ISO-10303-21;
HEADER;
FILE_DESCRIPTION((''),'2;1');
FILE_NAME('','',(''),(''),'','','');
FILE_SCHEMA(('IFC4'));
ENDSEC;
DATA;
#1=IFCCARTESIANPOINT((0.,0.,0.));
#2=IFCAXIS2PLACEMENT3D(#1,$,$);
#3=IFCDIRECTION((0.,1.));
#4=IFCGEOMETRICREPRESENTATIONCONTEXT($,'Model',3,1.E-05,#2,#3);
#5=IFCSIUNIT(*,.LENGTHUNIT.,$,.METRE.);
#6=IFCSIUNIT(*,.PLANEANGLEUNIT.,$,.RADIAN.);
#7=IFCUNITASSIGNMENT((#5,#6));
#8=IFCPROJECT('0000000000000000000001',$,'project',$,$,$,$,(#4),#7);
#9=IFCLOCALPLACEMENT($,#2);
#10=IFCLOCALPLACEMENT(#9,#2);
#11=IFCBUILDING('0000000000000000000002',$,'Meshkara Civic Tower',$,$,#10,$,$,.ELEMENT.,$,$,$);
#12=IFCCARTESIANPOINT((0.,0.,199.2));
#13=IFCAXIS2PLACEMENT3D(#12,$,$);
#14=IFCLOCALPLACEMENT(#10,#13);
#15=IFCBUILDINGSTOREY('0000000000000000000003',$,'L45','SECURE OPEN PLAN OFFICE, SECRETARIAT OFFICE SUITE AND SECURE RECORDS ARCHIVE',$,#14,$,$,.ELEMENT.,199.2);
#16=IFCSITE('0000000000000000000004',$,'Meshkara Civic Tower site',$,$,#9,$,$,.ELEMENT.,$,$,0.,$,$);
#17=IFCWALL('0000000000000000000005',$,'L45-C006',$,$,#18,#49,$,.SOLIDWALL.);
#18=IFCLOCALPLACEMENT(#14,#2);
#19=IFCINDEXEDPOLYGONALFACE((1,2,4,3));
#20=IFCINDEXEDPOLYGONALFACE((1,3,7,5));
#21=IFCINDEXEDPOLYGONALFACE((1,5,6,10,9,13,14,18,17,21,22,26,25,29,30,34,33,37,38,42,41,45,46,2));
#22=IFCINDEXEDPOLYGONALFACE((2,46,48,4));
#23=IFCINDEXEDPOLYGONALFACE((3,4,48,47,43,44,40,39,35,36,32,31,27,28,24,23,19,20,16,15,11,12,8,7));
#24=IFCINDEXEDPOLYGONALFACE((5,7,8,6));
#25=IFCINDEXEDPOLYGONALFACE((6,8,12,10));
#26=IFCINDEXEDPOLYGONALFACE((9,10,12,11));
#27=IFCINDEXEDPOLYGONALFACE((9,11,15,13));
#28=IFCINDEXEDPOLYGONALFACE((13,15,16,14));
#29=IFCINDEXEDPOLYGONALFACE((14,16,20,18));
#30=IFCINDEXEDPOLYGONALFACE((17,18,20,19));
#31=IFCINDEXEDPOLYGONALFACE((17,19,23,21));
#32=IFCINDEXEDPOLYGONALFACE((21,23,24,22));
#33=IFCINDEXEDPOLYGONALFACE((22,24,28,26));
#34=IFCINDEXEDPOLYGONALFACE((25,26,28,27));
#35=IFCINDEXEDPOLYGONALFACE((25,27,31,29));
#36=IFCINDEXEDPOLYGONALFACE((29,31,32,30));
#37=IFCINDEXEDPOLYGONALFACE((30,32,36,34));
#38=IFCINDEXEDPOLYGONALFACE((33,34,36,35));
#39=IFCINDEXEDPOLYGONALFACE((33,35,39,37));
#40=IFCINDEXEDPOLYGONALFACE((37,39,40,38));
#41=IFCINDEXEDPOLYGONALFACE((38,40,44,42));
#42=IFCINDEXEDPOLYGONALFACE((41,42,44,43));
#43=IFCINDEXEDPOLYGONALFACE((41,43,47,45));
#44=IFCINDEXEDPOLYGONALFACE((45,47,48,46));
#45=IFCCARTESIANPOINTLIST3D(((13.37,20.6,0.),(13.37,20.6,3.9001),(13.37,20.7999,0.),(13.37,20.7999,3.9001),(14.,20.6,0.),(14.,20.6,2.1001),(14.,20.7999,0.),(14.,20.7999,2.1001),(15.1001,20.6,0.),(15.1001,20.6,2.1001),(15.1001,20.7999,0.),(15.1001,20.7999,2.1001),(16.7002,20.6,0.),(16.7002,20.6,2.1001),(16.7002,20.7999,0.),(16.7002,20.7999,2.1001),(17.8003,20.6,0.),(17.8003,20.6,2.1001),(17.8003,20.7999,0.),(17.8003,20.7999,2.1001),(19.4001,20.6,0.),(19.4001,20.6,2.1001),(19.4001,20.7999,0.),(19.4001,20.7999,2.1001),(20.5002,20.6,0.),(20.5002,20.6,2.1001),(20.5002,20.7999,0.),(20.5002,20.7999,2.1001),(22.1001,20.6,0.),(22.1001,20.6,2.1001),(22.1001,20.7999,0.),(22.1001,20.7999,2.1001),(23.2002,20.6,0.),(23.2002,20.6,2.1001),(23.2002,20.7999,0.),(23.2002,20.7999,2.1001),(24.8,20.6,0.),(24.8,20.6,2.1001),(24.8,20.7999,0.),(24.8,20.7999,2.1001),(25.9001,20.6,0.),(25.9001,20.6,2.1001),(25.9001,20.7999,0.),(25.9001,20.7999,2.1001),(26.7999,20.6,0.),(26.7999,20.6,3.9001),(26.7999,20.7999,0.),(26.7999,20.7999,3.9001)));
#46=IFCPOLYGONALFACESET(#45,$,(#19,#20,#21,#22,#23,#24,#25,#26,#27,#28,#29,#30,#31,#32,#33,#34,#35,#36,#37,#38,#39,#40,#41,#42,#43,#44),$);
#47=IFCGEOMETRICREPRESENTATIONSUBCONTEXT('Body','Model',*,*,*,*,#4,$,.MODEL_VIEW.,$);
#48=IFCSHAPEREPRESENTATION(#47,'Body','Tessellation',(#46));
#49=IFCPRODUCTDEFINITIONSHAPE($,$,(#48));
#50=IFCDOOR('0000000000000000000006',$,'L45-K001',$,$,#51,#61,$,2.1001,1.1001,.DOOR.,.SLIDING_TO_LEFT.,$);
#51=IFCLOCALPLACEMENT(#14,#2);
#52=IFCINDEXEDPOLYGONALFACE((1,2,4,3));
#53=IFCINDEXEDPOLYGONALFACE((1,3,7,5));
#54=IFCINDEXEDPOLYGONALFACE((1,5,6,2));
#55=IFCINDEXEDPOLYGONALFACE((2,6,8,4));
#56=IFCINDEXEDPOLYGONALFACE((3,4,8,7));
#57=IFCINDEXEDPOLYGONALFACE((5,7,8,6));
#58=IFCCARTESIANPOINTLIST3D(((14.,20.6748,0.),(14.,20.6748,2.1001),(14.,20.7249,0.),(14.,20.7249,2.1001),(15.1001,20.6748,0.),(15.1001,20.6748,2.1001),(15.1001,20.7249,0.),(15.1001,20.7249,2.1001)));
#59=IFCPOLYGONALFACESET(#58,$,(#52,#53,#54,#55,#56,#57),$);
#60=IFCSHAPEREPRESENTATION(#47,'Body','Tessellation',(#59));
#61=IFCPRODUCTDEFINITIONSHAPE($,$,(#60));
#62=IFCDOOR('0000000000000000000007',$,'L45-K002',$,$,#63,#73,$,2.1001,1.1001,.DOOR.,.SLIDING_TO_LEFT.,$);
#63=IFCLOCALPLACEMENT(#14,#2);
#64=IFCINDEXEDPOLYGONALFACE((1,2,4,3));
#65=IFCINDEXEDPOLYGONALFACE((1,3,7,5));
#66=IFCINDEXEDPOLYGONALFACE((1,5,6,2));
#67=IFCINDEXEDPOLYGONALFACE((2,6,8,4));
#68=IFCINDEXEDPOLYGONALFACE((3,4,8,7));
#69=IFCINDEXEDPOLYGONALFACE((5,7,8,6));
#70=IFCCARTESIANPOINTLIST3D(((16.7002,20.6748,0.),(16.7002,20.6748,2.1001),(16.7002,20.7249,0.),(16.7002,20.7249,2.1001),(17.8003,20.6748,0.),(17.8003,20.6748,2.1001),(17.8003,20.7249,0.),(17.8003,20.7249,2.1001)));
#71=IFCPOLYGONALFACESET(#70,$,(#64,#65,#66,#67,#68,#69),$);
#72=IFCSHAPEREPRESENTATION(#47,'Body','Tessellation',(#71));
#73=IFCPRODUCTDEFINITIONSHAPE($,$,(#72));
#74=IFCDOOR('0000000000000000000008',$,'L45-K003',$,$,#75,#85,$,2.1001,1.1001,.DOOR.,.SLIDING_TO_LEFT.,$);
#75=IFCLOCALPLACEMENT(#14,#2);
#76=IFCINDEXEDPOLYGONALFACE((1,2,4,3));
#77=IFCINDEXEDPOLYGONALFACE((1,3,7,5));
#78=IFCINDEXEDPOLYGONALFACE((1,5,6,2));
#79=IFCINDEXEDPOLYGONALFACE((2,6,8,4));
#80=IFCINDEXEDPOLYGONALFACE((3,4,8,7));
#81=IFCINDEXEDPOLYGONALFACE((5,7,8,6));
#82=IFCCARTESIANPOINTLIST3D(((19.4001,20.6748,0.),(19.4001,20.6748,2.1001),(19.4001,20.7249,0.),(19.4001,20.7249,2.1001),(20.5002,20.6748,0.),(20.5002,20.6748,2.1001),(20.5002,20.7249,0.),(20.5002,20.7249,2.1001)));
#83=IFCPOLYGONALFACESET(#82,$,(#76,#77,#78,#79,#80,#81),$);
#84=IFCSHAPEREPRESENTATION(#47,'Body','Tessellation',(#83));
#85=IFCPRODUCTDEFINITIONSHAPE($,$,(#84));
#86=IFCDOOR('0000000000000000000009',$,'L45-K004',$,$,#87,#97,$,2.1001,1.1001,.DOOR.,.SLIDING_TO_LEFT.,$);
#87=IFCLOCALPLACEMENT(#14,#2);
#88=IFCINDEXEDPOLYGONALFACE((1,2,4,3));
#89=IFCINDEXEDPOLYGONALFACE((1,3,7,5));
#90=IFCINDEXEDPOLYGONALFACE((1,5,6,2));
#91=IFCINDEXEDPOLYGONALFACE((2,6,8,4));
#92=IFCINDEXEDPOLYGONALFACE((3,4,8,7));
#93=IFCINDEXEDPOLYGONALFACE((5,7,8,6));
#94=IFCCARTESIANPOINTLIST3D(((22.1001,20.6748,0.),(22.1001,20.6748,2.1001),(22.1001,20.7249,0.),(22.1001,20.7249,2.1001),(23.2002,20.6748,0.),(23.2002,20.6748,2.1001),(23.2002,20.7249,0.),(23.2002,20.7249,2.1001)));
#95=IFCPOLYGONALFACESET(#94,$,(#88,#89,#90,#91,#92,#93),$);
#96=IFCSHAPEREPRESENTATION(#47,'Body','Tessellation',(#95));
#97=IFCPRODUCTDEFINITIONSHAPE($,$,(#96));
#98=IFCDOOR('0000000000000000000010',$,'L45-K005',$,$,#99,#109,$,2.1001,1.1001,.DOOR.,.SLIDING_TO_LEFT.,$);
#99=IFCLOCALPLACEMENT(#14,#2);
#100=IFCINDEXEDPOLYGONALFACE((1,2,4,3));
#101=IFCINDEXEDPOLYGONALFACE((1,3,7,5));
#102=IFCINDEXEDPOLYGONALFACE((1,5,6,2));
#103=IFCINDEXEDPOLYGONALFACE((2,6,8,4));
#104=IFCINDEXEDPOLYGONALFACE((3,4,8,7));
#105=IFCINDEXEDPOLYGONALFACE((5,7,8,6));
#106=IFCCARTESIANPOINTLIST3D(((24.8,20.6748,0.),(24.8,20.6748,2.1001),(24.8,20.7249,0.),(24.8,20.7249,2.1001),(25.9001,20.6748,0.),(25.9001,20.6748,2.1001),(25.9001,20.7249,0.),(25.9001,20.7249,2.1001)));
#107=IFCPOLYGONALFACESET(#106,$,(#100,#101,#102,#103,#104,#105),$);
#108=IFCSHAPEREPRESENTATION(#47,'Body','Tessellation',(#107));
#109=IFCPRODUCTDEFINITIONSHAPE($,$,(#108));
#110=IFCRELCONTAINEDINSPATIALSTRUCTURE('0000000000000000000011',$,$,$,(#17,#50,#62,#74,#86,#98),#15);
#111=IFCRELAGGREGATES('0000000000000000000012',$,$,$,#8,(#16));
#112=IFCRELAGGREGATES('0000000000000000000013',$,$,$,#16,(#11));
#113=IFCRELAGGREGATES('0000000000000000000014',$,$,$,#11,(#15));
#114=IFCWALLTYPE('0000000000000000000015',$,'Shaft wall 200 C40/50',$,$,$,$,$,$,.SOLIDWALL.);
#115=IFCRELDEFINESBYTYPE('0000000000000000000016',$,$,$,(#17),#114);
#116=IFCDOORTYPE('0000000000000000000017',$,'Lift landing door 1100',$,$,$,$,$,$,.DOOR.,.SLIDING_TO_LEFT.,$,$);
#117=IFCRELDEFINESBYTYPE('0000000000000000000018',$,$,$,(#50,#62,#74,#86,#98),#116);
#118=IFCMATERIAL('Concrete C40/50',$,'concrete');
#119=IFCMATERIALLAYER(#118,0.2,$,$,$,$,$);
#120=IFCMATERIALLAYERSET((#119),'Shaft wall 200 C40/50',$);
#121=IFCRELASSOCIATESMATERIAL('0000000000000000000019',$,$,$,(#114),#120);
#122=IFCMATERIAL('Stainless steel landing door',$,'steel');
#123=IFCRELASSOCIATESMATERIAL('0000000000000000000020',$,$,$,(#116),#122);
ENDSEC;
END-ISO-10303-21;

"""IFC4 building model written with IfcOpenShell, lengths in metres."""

from ifc_helpers import new_model, si_unit, direction, frame, frame_2d, origin, place, context, subcontext, project, spatial, rectangle, extrude, material, layer, layer_set, type_object, element, fill, save


model = new_model("IFC4")

# Units and contexts
model_context = context("Model", 3, precision=1e-05, world=origin(), true_north=direction((0.0, 1.0)))
body_context = subcontext(model_context, "Body", "Model", "MODEL_VIEW")
ifc_project = project(units=[si_unit("LENGTHUNIT", "METRE"), si_unit("PLANEANGLEUNIT", "RADIAN")], contexts=[model_context])

# Site, building, storey
site_placement = place(None, origin())
site = spatial("IfcSite", under=ifc_project, at=site_placement, Name="Meshkara Civic Tower site", CompositionType="ELEMENT", RefElevation=0.0)
building_placement = place(site_placement, origin())
building = spatial("IfcBuilding", under=site, at=building_placement, Name="Meshkara Civic Tower", CompositionType="ELEMENT")
storey_placement = place(building_placement, frame((0.0, 0.0, 199.2)))
storey = spatial("IfcBuildingStorey", under=building, at=storey_placement, Name="L45", Description="SECURE OPEN PLAN OFFICE, SECRETARIAT OFFICE SUITE AND SECURE RECORDS ARCHIVE", CompositionType="ELEMENT", Elevation=199.2)

# Wall, openings, doors
ifc_material_1 = material(Name="Concrete C40/50", Category="concrete")
ifc_layer_1 = layer(ifc_material_1, 0.2)
ifc_layer_set_1 = layer_set([ifc_layer_1], Name="Shaft wall 200 C40/50")
wall_type_1 = type_object("IfcWallType", Name="Shaft wall 200 C40/50", PredefinedType="SOLIDWALL", material=ifc_layer_set_1)
wall_1_placement = place(storey_placement, frame((13.3701, 20.7, 0.0), z_axis=(0.0, 0.0, 1.0), x_axis=(1.0, 0.0, 0.0)))
wall_1 = element("IfcWall", 1, at=wall_1_placement, inside=storey, type_object=wall_type_1, Name="L45-C006", PredefinedType="SOLIDWALL", context=body_context, shape_type="SweptSolid", body=[
    extrude(rectangle(XDim=13.4299, YDim=0.2, at=frame_2d((6.7148, 0.0))), origin(), (0.0, 0.0, 1.0), 3.9001),
])
opening_1_placement = place(wall_1_placement, frame((0.6299, 0.0, 0.0)))
opening_1 = element("IfcOpeningElement", 2, at=opening_1_placement, cuts=wall_1, PredefinedType="OPENING", context=body_context, shape_type="SweptSolid", body=[
    extrude(rectangle(XDim=1.1001, YDim=2.1001, at=frame_2d((0.55, 1.05))), frame((0.0, 0.1099, 0.0), z_axis=(0.0, -1.0, 0.0), x_axis=(1.0, 0.0, 0.0)), (0.0, 0.0, 1.0), 0.22),
])
opening_2_placement = place(wall_1_placement, frame((3.3301, 0.0, 0.0)))
opening_2 = element("IfcOpeningElement", 3, at=opening_2_placement, cuts=wall_1, PredefinedType="OPENING", context=body_context, shape_type="SweptSolid", body=[
    extrude(rectangle(XDim=1.1001, YDim=2.1001, at=frame_2d((0.55, 1.05))), frame((0.0, 0.1099, 0.0), z_axis=(0.0, -1.0, 0.0), x_axis=(1.0, 0.0, 0.0)), (0.0, 0.0, 1.0), 0.22),
])
opening_3_placement = place(wall_1_placement, frame((6.03, 0.0, 0.0)))
opening_3 = element("IfcOpeningElement", 4, at=opening_3_placement, cuts=wall_1, PredefinedType="OPENING", context=body_context, shape_type="SweptSolid", body=[
    extrude(rectangle(XDim=1.1001, YDim=2.1001, at=frame_2d((0.55, 1.05))), frame((0.0, 0.1099, 0.0), z_axis=(0.0, -1.0, 0.0), x_axis=(1.0, 0.0, 0.0)), (0.0, 0.0, 1.0), 0.22),
])
opening_4_placement = place(wall_1_placement, frame((8.73, 0.0, 0.0)))
opening_4 = element("IfcOpeningElement", 5, at=opening_4_placement, cuts=wall_1, PredefinedType="OPENING", context=body_context, shape_type="SweptSolid", body=[
    extrude(rectangle(XDim=1.1001, YDim=2.1001, at=frame_2d((0.55, 1.05))), frame((0.0, 0.1099, 0.0), z_axis=(0.0, -1.0, 0.0), x_axis=(1.0, 0.0, 0.0)), (0.0, 0.0, 1.0), 0.22),
])
opening_5_placement = place(wall_1_placement, frame((11.4299, 0.0, 0.0)))
opening_5 = element("IfcOpeningElement", 6, at=opening_5_placement, cuts=wall_1, PredefinedType="OPENING", context=body_context, shape_type="SweptSolid", body=[
    extrude(rectangle(XDim=1.1001, YDim=2.1001, at=frame_2d((0.55, 1.05))), frame((0.0, 0.1099, 0.0), z_axis=(0.0, -1.0, 0.0), x_axis=(1.0, 0.0, 0.0)), (0.0, 0.0, 1.0), 0.22),
])
ifc_material_2 = material(Name="Stainless steel landing door", Category="steel")
door_type_1 = type_object("IfcDoorType", Name="Lift landing door 1100", OperationType="SLIDING_TO_LEFT", PredefinedType="DOOR", material=ifc_material_2)
door_1_placement = place(opening_1_placement, origin())
door_1 = element("IfcDoor", 7, at=door_1_placement, inside=storey, type_object=door_type_1, Name="L45-K001", OperationType="SLIDING_TO_LEFT", OverallHeight=2.1001, OverallWidth=1.1001, PredefinedType="DOOR", context=body_context, shape_type="SweptSolid", body=[
    extrude(rectangle(XDim=1.1001, YDim=2.1001, at=frame_2d((0.55, 1.05))), frame((0.0, 0.0249, 0.0), z_axis=(0.0, -1.0, 0.0), x_axis=(1.0, 0.0, 0.0)), (0.0, 0.0, 1.0), 0.05),
])
fill(opening_1, door_1)
door_2_placement = place(opening_2_placement, origin())
door_2 = element("IfcDoor", 8, at=door_2_placement, inside=storey, type_object=door_type_1, Name="L45-K002", OperationType="SLIDING_TO_LEFT", OverallHeight=2.1001, OverallWidth=1.1001, PredefinedType="DOOR", context=body_context, shape_type="SweptSolid", body=[
    extrude(rectangle(XDim=1.1001, YDim=2.1001, at=frame_2d((0.55, 1.05))), frame((0.0, 0.0249, 0.0), z_axis=(0.0, -1.0, 0.0), x_axis=(1.0, 0.0, 0.0)), (0.0, 0.0, 1.0), 0.05),
])
fill(opening_2, door_2)
door_3_placement = place(opening_3_placement, origin())
door_3 = element("IfcDoor", 9, at=door_3_placement, inside=storey, type_object=door_type_1, Name="L45-K003", OperationType="SLIDING_TO_LEFT", OverallHeight=2.1001, OverallWidth=1.1001, PredefinedType="DOOR", context=body_context, shape_type="SweptSolid", body=[
    extrude(rectangle(XDim=1.1001, YDim=2.1001, at=frame_2d((0.55, 1.05))), frame((0.0, 0.0249, 0.0), z_axis=(0.0, -1.0, 0.0), x_axis=(1.0, 0.0, 0.0)), (0.0, 0.0, 1.0), 0.05),
])
fill(opening_3, door_3)
door_4_placement = place(opening_4_placement, origin())
door_4 = element("IfcDoor", 10, at=door_4_placement, inside=storey, type_object=door_type_1, Name="L45-K004", OperationType="SLIDING_TO_LEFT", OverallHeight=2.1001, OverallWidth=1.1001, PredefinedType="DOOR", context=body_context, shape_type="SweptSolid", body=[
    extrude(rectangle(XDim=1.1001, YDim=2.1001, at=frame_2d((0.55, 1.05))), frame((0.0, 0.0249, 0.0), z_axis=(0.0, -1.0, 0.0), x_axis=(1.0, 0.0, 0.0)), (0.0, 0.0, 1.0), 0.05),
])
fill(opening_4, door_4)
door_5_placement = place(opening_5_placement, origin())
door_5 = element("IfcDoor", 11, at=door_5_placement, inside=storey, type_object=door_type_1, Name="L45-K005", OperationType="SLIDING_TO_LEFT", OverallHeight=2.1001, OverallWidth=1.1001, PredefinedType="DOOR", context=body_context, shape_type="SweptSolid", body=[
    extrude(rectangle(XDim=1.1001, YDim=2.1001, at=frame_2d((0.55, 1.05))), frame((0.0, 0.0249, 0.0), z_axis=(0.0, -1.0, 0.0), x_axis=(1.0, 0.0, 0.0)), (0.0, 0.0, 1.0), 0.05),
])
fill(opening_5, door_5)

save(model, "model.ifc")
